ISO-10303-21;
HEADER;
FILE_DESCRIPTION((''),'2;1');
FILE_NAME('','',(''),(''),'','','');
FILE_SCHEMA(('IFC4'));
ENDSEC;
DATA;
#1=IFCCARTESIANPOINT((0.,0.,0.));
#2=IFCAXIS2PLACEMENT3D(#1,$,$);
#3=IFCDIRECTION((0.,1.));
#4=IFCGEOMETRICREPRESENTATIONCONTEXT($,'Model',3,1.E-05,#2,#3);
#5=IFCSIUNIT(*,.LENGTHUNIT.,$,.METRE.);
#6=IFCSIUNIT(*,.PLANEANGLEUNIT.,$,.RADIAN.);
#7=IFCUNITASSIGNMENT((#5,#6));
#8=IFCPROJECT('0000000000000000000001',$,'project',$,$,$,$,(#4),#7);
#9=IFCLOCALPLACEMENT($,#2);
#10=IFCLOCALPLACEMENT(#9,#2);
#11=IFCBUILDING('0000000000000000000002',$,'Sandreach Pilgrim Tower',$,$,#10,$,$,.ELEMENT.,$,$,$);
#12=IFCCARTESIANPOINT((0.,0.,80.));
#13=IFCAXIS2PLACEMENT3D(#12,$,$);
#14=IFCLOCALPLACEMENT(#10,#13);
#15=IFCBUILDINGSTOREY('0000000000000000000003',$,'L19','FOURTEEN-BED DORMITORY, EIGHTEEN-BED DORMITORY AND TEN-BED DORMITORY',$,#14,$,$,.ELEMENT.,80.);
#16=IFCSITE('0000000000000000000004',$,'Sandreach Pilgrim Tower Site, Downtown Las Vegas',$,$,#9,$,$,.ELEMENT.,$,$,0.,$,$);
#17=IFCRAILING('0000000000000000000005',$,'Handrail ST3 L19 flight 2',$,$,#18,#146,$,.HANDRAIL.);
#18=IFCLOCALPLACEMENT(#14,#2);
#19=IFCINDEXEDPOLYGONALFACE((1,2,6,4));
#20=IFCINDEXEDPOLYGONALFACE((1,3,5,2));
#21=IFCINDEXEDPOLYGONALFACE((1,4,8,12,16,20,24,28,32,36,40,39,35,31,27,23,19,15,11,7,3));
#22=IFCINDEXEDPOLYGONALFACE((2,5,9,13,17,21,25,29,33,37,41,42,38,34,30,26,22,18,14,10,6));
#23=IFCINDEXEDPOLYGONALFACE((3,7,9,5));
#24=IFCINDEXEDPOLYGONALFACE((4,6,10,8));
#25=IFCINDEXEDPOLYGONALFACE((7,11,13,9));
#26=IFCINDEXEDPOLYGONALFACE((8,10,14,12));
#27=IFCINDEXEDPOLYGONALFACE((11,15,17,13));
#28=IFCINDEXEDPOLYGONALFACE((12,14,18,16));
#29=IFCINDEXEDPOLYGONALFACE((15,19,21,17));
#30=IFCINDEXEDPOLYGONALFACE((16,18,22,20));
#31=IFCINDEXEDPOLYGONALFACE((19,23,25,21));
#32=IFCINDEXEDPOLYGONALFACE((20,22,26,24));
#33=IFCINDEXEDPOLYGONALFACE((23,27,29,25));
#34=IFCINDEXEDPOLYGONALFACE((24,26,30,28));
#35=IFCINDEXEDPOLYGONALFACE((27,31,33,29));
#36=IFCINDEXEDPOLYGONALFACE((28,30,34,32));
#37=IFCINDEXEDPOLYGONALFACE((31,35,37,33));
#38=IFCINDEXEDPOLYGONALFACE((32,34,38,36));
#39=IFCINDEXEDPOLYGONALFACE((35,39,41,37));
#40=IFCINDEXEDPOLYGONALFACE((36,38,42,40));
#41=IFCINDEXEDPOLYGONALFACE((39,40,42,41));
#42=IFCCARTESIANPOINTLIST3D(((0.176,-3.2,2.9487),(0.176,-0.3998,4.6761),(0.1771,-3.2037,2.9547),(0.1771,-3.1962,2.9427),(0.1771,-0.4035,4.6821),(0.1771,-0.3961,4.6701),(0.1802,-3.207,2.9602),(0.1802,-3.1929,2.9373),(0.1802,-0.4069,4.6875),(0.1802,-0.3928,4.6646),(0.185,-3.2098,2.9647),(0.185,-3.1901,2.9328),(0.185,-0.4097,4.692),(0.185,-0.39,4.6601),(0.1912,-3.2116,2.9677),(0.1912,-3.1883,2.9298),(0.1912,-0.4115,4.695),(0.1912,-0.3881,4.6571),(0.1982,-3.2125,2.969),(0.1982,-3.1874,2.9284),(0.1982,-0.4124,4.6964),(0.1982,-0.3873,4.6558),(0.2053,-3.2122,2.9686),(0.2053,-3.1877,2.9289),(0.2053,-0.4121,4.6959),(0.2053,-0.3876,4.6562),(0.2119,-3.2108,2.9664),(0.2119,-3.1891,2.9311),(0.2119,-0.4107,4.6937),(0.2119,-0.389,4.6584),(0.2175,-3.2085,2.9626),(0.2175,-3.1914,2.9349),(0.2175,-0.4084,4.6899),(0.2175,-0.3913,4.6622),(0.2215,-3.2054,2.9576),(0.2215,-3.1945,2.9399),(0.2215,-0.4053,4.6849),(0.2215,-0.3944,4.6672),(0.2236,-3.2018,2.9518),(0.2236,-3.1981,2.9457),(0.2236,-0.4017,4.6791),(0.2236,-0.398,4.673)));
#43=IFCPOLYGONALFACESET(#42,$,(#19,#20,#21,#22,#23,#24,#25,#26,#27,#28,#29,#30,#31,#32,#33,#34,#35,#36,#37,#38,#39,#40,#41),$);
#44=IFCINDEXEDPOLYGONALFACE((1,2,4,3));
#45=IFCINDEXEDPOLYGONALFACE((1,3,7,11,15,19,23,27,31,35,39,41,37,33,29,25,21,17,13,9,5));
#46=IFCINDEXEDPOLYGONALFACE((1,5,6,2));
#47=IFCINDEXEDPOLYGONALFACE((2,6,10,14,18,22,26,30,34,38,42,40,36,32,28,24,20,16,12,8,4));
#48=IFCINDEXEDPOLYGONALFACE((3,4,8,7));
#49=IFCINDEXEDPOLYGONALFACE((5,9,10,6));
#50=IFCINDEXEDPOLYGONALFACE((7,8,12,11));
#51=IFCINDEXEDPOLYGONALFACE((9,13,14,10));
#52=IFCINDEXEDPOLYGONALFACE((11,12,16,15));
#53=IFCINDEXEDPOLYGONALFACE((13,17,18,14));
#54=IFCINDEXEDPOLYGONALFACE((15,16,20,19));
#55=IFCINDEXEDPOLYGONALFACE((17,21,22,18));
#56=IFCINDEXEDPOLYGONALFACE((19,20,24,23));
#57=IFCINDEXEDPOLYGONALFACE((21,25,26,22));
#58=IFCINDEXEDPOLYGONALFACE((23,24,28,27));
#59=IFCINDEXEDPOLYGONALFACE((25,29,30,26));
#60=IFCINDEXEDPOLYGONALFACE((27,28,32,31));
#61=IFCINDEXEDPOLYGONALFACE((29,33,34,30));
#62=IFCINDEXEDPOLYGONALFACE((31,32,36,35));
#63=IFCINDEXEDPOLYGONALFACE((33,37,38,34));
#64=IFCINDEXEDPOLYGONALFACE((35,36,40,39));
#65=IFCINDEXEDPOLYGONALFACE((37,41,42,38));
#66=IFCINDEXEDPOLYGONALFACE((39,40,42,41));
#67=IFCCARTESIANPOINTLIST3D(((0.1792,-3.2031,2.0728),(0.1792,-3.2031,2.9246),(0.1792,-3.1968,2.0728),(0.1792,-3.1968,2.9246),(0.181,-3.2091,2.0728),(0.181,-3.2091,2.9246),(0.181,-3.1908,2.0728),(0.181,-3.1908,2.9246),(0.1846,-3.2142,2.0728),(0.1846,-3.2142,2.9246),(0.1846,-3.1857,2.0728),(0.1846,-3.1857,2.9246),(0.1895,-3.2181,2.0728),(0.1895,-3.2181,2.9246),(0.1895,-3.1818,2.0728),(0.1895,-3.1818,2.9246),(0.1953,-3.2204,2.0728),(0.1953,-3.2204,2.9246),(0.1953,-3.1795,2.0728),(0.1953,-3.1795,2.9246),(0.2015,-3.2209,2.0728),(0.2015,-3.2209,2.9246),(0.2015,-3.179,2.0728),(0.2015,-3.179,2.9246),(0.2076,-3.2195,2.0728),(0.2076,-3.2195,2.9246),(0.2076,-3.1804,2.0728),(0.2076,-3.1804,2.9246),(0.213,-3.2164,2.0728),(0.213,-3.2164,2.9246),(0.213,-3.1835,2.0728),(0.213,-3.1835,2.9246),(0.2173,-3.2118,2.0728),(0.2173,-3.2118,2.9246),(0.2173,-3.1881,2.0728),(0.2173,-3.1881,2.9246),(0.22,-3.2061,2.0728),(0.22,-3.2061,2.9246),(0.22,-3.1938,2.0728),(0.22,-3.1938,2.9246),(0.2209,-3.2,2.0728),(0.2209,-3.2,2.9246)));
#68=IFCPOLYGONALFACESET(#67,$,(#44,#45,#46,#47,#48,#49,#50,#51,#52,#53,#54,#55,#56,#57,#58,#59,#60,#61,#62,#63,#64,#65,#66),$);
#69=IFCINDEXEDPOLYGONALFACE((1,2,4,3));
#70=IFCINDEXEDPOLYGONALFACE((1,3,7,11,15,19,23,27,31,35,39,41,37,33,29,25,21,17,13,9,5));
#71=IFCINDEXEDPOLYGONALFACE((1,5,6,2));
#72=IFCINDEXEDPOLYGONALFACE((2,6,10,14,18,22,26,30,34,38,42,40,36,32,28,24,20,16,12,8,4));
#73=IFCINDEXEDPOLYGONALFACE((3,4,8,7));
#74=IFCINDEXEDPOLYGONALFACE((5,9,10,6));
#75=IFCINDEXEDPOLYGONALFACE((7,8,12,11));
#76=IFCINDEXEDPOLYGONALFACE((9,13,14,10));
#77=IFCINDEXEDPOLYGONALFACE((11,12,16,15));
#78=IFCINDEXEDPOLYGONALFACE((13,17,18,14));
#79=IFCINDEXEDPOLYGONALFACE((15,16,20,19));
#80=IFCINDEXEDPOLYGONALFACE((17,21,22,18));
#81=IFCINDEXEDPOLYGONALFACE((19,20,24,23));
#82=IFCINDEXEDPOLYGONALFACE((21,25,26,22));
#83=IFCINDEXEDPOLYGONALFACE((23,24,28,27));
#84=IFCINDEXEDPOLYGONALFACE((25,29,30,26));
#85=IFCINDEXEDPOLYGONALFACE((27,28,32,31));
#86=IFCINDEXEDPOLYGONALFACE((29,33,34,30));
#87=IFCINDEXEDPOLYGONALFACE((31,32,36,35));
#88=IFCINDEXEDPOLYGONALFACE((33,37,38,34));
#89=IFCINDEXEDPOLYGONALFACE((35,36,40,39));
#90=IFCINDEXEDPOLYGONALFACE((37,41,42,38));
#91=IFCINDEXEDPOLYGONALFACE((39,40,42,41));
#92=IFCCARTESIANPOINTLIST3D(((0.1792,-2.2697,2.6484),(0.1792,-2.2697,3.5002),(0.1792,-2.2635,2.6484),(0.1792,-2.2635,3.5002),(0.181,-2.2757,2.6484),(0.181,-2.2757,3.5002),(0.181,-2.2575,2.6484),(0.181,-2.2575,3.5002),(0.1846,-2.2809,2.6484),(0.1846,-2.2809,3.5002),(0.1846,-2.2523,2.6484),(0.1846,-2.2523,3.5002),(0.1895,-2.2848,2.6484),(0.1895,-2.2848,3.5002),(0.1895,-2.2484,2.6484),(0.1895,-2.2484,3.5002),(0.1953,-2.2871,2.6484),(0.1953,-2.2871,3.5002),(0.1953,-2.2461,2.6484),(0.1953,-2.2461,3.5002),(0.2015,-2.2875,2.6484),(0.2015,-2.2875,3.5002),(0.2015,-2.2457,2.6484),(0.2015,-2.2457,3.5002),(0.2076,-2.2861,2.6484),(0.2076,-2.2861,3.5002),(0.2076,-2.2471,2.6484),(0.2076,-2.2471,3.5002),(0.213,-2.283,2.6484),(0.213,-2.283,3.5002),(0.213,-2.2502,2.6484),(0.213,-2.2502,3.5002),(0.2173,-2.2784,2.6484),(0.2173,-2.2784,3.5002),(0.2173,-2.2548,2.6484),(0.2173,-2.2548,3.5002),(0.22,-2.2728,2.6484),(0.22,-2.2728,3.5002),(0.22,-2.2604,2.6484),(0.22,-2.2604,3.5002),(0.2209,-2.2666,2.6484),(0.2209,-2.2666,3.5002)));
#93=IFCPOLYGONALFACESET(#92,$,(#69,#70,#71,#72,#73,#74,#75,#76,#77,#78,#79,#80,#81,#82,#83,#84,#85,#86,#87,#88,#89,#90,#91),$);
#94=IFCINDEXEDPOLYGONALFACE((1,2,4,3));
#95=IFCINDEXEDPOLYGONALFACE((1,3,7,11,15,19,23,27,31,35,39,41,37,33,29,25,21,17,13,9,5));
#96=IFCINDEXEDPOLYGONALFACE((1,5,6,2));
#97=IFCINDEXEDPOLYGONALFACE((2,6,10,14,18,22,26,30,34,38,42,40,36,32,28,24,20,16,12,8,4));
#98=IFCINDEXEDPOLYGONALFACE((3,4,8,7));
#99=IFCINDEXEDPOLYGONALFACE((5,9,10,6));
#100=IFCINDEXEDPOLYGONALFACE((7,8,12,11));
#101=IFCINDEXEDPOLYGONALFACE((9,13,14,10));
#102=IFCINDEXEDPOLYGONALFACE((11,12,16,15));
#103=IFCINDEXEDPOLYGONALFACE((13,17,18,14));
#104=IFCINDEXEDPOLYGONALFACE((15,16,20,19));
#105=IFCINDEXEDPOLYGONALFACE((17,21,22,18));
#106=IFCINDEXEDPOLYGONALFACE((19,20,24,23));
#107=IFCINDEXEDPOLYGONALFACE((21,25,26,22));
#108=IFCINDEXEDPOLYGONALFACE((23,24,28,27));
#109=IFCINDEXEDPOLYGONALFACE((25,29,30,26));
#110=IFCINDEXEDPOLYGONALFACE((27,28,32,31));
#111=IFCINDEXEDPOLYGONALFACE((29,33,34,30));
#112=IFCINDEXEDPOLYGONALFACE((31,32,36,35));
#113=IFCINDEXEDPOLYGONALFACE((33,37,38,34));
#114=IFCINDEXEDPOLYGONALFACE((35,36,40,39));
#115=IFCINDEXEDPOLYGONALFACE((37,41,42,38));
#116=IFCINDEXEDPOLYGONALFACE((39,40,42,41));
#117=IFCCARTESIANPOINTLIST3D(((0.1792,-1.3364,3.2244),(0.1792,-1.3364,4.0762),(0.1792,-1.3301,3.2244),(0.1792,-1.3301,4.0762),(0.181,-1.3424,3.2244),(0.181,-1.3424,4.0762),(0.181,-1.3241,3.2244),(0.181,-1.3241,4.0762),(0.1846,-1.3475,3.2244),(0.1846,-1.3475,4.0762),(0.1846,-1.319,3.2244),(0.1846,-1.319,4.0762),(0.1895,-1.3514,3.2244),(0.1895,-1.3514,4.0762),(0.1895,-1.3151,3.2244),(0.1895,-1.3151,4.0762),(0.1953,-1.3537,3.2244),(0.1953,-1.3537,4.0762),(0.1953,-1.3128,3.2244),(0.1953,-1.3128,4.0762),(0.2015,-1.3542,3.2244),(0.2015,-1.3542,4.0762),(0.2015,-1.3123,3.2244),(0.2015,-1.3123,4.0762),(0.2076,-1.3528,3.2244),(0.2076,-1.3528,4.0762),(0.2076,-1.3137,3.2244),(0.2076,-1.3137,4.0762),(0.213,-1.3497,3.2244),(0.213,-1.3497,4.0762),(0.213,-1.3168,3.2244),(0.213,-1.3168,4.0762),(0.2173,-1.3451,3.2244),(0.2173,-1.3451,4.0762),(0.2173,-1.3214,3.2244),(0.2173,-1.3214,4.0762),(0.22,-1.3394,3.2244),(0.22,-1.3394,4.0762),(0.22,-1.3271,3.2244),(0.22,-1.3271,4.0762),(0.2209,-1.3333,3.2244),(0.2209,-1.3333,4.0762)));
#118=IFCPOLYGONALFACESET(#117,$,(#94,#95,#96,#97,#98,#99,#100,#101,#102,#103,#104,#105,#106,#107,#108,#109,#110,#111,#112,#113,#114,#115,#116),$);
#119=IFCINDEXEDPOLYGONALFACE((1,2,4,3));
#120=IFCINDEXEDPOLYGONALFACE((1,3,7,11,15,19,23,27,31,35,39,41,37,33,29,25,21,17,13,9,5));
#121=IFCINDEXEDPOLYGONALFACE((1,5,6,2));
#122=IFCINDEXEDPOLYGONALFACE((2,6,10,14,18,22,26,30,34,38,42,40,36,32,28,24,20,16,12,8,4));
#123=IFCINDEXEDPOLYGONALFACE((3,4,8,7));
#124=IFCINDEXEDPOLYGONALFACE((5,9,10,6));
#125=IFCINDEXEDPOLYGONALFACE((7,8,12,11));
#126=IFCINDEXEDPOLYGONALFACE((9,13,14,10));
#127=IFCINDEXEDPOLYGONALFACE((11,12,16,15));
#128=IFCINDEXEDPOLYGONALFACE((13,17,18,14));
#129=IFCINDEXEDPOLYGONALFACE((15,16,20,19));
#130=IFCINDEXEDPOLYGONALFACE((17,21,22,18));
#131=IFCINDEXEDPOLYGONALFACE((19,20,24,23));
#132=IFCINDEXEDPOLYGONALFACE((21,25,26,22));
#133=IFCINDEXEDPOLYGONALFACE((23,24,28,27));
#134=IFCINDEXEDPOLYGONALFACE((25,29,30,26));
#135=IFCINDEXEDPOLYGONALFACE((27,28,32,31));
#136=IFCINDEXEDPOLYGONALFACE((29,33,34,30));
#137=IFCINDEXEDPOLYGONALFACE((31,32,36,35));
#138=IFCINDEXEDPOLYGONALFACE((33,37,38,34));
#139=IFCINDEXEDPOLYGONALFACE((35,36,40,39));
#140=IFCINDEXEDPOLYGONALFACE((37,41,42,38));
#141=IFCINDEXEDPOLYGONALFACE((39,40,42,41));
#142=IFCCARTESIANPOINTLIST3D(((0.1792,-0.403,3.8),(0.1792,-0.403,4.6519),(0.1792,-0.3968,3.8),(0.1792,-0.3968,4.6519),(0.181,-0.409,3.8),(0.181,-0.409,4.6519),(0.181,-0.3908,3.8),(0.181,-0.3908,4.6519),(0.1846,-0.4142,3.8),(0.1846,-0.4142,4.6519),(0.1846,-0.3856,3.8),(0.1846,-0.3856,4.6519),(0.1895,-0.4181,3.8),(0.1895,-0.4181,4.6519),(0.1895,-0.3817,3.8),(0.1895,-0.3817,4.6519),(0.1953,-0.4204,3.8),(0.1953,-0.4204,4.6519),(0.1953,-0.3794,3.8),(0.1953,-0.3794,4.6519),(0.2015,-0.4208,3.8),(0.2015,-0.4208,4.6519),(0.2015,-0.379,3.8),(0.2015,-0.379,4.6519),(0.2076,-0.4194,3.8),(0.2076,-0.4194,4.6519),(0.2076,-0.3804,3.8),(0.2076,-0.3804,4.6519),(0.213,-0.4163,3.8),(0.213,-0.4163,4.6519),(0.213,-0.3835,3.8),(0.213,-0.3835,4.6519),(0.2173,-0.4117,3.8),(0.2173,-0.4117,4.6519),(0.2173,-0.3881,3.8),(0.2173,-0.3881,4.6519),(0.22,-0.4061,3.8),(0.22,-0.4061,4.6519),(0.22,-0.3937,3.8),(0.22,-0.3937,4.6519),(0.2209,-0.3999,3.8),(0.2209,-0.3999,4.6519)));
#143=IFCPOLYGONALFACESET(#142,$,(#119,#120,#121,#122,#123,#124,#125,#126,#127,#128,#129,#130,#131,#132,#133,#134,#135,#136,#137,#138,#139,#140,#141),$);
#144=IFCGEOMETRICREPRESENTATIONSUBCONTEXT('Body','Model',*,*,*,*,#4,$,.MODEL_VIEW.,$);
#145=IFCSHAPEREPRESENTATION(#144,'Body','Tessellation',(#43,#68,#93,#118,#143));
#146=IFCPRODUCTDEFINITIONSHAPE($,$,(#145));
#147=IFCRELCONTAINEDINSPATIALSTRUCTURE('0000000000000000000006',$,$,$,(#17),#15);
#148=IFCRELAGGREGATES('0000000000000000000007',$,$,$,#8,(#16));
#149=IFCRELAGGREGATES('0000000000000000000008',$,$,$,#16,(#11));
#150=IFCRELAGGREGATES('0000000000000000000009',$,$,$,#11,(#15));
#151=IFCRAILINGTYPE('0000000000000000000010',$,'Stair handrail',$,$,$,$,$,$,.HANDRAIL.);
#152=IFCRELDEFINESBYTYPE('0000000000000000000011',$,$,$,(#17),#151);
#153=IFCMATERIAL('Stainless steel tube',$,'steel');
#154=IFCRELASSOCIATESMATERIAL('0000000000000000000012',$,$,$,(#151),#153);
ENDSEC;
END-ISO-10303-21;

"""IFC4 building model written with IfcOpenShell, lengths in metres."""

from ifc_helpers import new_model, si_unit, direction, frame, origin, origin_2d, place, context, subcontext, project, spatial, circle, extrude, material, type_object, element, save


model = new_model("IFC4")

# Units and contexts
model_context = context("Model", 3, precision=1e-05, world=origin(), true_north=direction((0.0, 1.0)))
body_context = subcontext(model_context, "Body", "Model", "MODEL_VIEW")
ifc_project = project(units=[si_unit("LENGTHUNIT", "METRE"), si_unit("PLANEANGLEUNIT", "RADIAN")], contexts=[model_context])

# Site, building, storey
site_placement = place(None, origin())
site = spatial("IfcSite", under=ifc_project, at=site_placement, Name="Sandreach Pilgrim Tower Site, Downtown Las Vegas", CompositionType="ELEMENT", RefElevation=0.0)
building_placement = place(site_placement, origin())
building = spatial("IfcBuilding", under=site, at=building_placement, Name="Sandreach Pilgrim Tower", CompositionType="ELEMENT")
storey_placement = place(building_placement, frame((0.0, 0.0, 80.0)))
storey = spatial("IfcBuildingStorey", under=building, at=storey_placement, Name="L19", Description="FOURTEEN-BED DORMITORY, EIGHTEEN-BED DORMITORY AND TEN-BED DORMITORY", CompositionType="ELEMENT", Elevation=80.0)

# Railing
ifc_material_1 = material(Name="Stainless steel tube", Category="steel")
railing_type = type_object("IfcRailingType", Name="Stair handrail", PredefinedType="HANDRAIL", material=ifc_material_1)
for number, where, name in (
    (1, (0.2, -3.2, 2.0728), "Handrail ST3 L19 flight 2"),
):
    element("IfcRailing", number, at=place(storey_placement, frame(where)), inside=storey, type_object=railing_type, Name=name, PredefinedType="HANDRAIL", context=body_context, shape_type="SweptSolid", body=[
        extrude(circle(Radius=0.0239, at=origin_2d()), frame((0.0, 0.0, 0.876), z_axis=(0.0, 0.85109, 0.52502), x_axis=(-1.0, 0.0, 0.0)), (0.0, 0.0, 1.0), 3.29),
        extrude(circle(Radius=0.021, at=origin_2d()), origin(), (0.0, 0.0, 1.0), 0.8518),
        extrude(circle(Radius=0.021, at=origin_2d()), frame((0.0, 0.9333, 0.5757)), (0.0, 0.0, 1.0), 0.8518),
        extrude(circle(Radius=0.021, at=origin_2d()), frame((0.0, 1.8667, 1.1516)), (0.0, 0.0, 1.0), 0.8518),
        extrude(circle(Radius=0.021, at=origin_2d()), frame((0.0, 2.8, 1.7273)), (0.0, 0.0, 1.0), 0.8518),
    ])

save(model, "model.ifc")
